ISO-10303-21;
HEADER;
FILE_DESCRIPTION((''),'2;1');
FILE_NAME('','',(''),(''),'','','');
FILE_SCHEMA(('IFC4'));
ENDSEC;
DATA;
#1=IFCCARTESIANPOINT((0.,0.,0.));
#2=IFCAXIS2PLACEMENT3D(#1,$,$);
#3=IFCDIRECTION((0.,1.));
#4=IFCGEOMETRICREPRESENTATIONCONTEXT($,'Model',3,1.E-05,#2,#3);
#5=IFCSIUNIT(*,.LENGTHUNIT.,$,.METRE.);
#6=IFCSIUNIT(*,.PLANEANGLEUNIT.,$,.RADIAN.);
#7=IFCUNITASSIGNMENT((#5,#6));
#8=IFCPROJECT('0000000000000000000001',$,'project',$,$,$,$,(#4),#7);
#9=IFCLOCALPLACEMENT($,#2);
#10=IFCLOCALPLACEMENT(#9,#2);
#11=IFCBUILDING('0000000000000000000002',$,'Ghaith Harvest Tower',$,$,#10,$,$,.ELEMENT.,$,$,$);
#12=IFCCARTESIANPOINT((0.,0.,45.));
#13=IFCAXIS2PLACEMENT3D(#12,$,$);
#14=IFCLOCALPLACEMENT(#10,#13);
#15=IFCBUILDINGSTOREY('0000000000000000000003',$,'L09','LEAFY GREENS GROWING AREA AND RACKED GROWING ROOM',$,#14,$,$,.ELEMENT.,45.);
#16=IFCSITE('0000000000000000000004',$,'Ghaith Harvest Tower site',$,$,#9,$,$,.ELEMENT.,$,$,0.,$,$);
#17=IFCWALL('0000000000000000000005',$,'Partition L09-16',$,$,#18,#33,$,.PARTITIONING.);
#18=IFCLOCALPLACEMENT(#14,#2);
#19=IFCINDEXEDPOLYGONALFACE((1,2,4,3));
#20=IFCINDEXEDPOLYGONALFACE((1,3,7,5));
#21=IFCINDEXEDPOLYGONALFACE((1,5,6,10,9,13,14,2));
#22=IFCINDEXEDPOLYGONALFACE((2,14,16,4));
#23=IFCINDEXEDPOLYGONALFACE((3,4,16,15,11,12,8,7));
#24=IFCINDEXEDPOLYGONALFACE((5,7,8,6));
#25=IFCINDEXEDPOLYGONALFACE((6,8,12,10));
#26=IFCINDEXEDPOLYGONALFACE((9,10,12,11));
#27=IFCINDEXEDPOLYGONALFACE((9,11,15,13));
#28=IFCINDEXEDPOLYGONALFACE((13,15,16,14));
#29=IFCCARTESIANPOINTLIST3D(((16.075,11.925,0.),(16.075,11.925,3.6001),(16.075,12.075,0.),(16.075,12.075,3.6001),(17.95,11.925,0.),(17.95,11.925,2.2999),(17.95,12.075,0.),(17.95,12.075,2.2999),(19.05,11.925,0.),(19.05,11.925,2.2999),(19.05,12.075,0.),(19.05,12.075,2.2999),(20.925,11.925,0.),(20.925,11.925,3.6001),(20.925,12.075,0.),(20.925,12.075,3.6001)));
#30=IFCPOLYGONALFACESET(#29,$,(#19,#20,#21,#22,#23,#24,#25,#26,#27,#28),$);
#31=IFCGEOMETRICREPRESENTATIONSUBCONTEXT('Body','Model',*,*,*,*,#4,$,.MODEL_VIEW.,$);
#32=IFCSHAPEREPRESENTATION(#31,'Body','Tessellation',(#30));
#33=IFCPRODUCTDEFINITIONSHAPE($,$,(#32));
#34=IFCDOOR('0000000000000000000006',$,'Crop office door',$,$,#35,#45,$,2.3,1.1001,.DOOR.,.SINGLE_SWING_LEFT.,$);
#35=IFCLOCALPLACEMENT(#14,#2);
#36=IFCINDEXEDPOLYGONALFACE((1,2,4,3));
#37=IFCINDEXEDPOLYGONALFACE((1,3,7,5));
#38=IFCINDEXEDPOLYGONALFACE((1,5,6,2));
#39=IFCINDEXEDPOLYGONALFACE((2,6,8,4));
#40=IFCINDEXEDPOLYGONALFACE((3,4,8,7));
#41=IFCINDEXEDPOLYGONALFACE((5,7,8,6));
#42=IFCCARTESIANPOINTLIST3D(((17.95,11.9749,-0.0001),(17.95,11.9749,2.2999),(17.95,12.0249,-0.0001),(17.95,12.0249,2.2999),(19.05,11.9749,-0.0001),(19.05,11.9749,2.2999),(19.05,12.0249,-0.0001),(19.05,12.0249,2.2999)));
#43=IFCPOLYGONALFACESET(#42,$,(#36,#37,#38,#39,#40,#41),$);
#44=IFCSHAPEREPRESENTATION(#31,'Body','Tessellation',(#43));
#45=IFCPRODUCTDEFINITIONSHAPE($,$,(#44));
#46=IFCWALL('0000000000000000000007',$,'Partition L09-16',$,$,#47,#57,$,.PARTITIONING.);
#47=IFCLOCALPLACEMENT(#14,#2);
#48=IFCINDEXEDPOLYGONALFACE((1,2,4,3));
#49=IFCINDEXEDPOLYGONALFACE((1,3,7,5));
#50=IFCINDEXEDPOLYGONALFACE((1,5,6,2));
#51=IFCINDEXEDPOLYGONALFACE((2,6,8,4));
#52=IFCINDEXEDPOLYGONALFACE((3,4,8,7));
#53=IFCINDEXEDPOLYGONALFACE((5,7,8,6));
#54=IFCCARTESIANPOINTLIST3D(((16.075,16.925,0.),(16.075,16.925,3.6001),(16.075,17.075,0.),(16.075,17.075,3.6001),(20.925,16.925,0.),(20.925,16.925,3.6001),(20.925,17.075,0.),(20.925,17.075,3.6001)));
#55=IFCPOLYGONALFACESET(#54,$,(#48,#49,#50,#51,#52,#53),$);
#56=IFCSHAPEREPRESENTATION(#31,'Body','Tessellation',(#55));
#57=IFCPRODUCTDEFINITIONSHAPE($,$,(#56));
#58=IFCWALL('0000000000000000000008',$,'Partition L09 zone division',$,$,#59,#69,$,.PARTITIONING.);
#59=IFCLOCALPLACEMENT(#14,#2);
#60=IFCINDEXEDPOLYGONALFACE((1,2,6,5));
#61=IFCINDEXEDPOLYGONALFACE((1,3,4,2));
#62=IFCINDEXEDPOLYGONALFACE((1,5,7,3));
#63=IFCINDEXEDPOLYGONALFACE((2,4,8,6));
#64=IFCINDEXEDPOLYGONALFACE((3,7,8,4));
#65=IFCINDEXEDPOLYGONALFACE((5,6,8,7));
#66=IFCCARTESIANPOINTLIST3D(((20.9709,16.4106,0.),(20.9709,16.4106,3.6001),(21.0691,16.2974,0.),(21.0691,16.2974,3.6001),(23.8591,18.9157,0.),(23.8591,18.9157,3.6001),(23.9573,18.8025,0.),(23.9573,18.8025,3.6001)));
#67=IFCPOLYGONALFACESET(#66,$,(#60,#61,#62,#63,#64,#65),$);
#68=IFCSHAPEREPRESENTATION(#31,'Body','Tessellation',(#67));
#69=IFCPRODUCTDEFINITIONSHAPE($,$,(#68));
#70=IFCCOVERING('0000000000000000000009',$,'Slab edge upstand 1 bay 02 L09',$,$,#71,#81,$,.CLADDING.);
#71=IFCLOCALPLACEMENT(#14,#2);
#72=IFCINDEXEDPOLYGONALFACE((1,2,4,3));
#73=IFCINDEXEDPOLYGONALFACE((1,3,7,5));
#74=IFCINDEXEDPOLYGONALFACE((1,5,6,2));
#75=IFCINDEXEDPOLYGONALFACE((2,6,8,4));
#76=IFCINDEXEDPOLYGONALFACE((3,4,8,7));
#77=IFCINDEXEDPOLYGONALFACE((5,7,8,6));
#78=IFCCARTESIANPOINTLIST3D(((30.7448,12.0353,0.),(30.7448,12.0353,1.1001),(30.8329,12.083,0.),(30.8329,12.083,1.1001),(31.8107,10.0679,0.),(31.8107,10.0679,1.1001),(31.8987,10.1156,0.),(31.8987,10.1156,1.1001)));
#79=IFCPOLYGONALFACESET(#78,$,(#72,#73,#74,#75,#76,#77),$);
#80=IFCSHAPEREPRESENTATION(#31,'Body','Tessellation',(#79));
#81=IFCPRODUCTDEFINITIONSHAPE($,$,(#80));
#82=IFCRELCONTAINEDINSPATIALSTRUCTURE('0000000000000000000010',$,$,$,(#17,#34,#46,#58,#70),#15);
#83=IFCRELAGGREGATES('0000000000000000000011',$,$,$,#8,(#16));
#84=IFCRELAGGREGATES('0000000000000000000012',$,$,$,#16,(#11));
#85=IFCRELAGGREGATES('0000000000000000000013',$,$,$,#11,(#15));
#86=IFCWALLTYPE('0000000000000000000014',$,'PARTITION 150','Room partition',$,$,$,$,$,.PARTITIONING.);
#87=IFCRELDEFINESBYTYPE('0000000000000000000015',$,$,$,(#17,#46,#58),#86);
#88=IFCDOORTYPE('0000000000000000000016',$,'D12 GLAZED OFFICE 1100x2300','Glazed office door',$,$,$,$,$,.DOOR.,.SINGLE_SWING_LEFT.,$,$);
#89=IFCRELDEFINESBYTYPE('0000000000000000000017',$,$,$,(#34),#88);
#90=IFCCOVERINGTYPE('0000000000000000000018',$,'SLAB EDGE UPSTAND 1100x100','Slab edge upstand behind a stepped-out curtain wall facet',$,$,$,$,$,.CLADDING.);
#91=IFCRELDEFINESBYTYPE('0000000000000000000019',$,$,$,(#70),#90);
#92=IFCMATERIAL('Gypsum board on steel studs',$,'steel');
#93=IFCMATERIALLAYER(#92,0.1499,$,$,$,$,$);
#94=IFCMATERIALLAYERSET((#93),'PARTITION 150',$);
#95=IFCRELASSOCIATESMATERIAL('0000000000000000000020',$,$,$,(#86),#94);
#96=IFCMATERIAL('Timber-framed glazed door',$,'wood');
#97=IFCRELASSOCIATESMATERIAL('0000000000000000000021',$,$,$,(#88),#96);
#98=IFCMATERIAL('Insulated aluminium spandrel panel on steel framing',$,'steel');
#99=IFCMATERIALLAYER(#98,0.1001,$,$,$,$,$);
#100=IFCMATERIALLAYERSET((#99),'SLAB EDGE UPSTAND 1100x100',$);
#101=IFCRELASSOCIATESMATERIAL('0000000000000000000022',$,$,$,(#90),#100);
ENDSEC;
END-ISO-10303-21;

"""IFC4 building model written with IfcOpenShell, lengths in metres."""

from ifc_helpers import new_model, si_unit, direction, frame, frame_2d, origin, origin_2d, place, context, subcontext, project, spatial, rectangle, extrude, material, layer, layer_set, type_object, element, fill, save


model = new_model("IFC4")

# Units and contexts
model_context = context("Model", 3, precision=1e-05, world=origin(), true_north=direction((0.0, 1.0)))
body_context = subcontext(model_context, "Body", "Model", "MODEL_VIEW")
ifc_project = project(units=[si_unit("LENGTHUNIT", "METRE"), si_unit("PLANEANGLEUNIT", "RADIAN")], contexts=[model_context])

# Site, building, storey
site_placement = place(None, origin())
site = spatial("IfcSite", under=ifc_project, at=site_placement, Name="Ghaith Harvest Tower site", CompositionType="ELEMENT", RefElevation=0.0)
building_placement = place(site_placement, origin())
building = spatial("IfcBuilding", under=site, at=building_placement, Name="Ghaith Harvest Tower", CompositionType="ELEMENT")
storey_placement = place(building_placement, frame((0.0, 0.0, 45.0)))
storey = spatial("IfcBuildingStorey", under=building, at=storey_placement, Name="L09", Description="LEAFY GREENS GROWING AREA AND RACKED GROWING ROOM", CompositionType="ELEMENT", Elevation=45.0)

# Shared definitions
ifc_material_1 = material(Name="Gypsum board on steel studs", Category="steel")
ifc_layer_1 = layer(ifc_material_1, 0.1499)
ifc_layer_set_1 = layer_set([ifc_layer_1], Name="PARTITION 150")
wall_type = type_object("IfcWallType", Name="PARTITION 150", Description="Room partition", PredefinedType="PARTITIONING", material=ifc_layer_set_1)

# Wall, opening, door
wall_1_placement = place(storey_placement, frame((16.075, 12.0, 0.0), z_axis=(0.0, 0.0, 1.0), x_axis=(1.0, 0.0, 0.0)))
wall_1 = element("IfcWall", 1, at=wall_1_placement, inside=storey, type_object=wall_type, Name="Partition L09-16", PredefinedType="PARTITIONING", context=body_context, shape_type="SweptSolid", body=[
    extrude(rectangle(XDim=4.8501, YDim=0.1499, at=frame_2d((2.425, 0.0))), origin(), (0.0, 0.0, 1.0), 3.6001),
])
opening_placement = place(wall_1_placement, frame((1.875, 0.0, 0.0)))
opening = element("IfcOpeningElement", 2, at=opening_placement, cuts=wall_1, PredefinedType="OPENING", context=body_context, shape_type="SweptSolid", body=[
    extrude(rectangle(XDim=1.1001, YDim=2.3, at=frame_2d((0.55, 1.1499))), frame((0.0, 0.085, 0.0), z_axis=(0.0, -1.0, 0.0), x_axis=(1.0, 0.0, 0.0)), (0.0, 0.0, 1.0), 0.1699),
])
ifc_material_2 = material(Name="Timber-framed glazed door", Category="wood")
door_type = type_object("IfcDoorType", Name="D12 GLAZED OFFICE 1100x2300", Description="Glazed office door", OperationType="SINGLE_SWING_LEFT", PredefinedType="DOOR", material=ifc_material_2)
door_placement = place(opening_placement, origin())
door = element("IfcDoor", 3, at=door_placement, inside=storey, type_object=door_type, Name="Crop office door", OperationType="SINGLE_SWING_LEFT", OverallHeight=2.3, OverallWidth=1.1001, PredefinedType="DOOR", context=body_context, shape_type="SweptSolid", body=[
    extrude(rectangle(XDim=1.1001, YDim=2.3, at=frame_2d((0.55, 1.1499))), frame((0.0, 0.0249, 0.0), z_axis=(0.0, -1.0, 0.0), x_axis=(1.0, 0.0, 0.0)), (0.0, 0.0, 1.0), 0.05),
])
fill(opening, door)

# Walls
wall_2_placement = place(storey_placement, frame((16.075, 17.0, 0.0), z_axis=(0.0, 0.0, 1.0), x_axis=(1.0, 0.0, 0.0)))
element("IfcWall", 4, at=wall_2_placement, inside=storey, type_object=wall_type, Name="Partition L09-16", PredefinedType="PARTITIONING", context=body_context, shape_type="SweptSolid", body=[
    extrude(rectangle(XDim=4.8501, YDim=0.1499, at=frame_2d((2.425, 0.0))), origin(), (0.0, 0.0, 1.0), 3.6001),
])
wall_3_placement = place(storey_placement, frame((21.02, 16.354, 0.0), z_axis=(0.0, 0.0, 1.0), x_axis=(0.755426, 0.655234, 0.0)))
element("IfcWall", 5, at=wall_3_placement, inside=storey, type_object=wall_type, Name="Partition L09 zone division", PredefinedType="PARTITIONING", context=body_context, shape_type="SweptSolid", body=[
    extrude(rectangle(XDim=3.8232, YDim=0.1499, at=frame_2d((1.9116, 0.0))), origin(), (0.0, 0.0, 1.0), 3.6001),
])

# Covering
ifc_material_3 = material(Name="Insulated aluminium spandrel panel on steel framing", Category="steel")
ifc_layer_2 = layer(ifc_material_3, 0.1001)
ifc_layer_set_2 = layer_set([ifc_layer_2], Name="SLAB EDGE UPSTAND 1100x100")
covering_type = type_object("IfcCoveringType", Name="SLAB EDGE UPSTAND 1100x100", Description="Slab edge upstand behind a stepped-out curtain wall facet", PredefinedType="CLADDING", material=ifc_layer_set_2)
covering_placement = place(storey_placement, frame((31.3218, 11.0754, 0.0), z_axis=(0.0, 0.0, 1.0), x_axis=(-0.476349, 0.879256, 0.0)))
element("IfcCovering", 6, at=covering_placement, inside=storey, type_object=covering_type, Name="Slab edge upstand 1 bay 02 L09", PredefinedType="CLADDING", context=body_context, shape_type="SweptSolid", body=[
    extrude(rectangle(XDim=2.2375, YDim=0.1001, at=origin_2d()), origin(), (0.0, 0.0, 1.0), 1.1001),
])

save(model, "model.ifc")
